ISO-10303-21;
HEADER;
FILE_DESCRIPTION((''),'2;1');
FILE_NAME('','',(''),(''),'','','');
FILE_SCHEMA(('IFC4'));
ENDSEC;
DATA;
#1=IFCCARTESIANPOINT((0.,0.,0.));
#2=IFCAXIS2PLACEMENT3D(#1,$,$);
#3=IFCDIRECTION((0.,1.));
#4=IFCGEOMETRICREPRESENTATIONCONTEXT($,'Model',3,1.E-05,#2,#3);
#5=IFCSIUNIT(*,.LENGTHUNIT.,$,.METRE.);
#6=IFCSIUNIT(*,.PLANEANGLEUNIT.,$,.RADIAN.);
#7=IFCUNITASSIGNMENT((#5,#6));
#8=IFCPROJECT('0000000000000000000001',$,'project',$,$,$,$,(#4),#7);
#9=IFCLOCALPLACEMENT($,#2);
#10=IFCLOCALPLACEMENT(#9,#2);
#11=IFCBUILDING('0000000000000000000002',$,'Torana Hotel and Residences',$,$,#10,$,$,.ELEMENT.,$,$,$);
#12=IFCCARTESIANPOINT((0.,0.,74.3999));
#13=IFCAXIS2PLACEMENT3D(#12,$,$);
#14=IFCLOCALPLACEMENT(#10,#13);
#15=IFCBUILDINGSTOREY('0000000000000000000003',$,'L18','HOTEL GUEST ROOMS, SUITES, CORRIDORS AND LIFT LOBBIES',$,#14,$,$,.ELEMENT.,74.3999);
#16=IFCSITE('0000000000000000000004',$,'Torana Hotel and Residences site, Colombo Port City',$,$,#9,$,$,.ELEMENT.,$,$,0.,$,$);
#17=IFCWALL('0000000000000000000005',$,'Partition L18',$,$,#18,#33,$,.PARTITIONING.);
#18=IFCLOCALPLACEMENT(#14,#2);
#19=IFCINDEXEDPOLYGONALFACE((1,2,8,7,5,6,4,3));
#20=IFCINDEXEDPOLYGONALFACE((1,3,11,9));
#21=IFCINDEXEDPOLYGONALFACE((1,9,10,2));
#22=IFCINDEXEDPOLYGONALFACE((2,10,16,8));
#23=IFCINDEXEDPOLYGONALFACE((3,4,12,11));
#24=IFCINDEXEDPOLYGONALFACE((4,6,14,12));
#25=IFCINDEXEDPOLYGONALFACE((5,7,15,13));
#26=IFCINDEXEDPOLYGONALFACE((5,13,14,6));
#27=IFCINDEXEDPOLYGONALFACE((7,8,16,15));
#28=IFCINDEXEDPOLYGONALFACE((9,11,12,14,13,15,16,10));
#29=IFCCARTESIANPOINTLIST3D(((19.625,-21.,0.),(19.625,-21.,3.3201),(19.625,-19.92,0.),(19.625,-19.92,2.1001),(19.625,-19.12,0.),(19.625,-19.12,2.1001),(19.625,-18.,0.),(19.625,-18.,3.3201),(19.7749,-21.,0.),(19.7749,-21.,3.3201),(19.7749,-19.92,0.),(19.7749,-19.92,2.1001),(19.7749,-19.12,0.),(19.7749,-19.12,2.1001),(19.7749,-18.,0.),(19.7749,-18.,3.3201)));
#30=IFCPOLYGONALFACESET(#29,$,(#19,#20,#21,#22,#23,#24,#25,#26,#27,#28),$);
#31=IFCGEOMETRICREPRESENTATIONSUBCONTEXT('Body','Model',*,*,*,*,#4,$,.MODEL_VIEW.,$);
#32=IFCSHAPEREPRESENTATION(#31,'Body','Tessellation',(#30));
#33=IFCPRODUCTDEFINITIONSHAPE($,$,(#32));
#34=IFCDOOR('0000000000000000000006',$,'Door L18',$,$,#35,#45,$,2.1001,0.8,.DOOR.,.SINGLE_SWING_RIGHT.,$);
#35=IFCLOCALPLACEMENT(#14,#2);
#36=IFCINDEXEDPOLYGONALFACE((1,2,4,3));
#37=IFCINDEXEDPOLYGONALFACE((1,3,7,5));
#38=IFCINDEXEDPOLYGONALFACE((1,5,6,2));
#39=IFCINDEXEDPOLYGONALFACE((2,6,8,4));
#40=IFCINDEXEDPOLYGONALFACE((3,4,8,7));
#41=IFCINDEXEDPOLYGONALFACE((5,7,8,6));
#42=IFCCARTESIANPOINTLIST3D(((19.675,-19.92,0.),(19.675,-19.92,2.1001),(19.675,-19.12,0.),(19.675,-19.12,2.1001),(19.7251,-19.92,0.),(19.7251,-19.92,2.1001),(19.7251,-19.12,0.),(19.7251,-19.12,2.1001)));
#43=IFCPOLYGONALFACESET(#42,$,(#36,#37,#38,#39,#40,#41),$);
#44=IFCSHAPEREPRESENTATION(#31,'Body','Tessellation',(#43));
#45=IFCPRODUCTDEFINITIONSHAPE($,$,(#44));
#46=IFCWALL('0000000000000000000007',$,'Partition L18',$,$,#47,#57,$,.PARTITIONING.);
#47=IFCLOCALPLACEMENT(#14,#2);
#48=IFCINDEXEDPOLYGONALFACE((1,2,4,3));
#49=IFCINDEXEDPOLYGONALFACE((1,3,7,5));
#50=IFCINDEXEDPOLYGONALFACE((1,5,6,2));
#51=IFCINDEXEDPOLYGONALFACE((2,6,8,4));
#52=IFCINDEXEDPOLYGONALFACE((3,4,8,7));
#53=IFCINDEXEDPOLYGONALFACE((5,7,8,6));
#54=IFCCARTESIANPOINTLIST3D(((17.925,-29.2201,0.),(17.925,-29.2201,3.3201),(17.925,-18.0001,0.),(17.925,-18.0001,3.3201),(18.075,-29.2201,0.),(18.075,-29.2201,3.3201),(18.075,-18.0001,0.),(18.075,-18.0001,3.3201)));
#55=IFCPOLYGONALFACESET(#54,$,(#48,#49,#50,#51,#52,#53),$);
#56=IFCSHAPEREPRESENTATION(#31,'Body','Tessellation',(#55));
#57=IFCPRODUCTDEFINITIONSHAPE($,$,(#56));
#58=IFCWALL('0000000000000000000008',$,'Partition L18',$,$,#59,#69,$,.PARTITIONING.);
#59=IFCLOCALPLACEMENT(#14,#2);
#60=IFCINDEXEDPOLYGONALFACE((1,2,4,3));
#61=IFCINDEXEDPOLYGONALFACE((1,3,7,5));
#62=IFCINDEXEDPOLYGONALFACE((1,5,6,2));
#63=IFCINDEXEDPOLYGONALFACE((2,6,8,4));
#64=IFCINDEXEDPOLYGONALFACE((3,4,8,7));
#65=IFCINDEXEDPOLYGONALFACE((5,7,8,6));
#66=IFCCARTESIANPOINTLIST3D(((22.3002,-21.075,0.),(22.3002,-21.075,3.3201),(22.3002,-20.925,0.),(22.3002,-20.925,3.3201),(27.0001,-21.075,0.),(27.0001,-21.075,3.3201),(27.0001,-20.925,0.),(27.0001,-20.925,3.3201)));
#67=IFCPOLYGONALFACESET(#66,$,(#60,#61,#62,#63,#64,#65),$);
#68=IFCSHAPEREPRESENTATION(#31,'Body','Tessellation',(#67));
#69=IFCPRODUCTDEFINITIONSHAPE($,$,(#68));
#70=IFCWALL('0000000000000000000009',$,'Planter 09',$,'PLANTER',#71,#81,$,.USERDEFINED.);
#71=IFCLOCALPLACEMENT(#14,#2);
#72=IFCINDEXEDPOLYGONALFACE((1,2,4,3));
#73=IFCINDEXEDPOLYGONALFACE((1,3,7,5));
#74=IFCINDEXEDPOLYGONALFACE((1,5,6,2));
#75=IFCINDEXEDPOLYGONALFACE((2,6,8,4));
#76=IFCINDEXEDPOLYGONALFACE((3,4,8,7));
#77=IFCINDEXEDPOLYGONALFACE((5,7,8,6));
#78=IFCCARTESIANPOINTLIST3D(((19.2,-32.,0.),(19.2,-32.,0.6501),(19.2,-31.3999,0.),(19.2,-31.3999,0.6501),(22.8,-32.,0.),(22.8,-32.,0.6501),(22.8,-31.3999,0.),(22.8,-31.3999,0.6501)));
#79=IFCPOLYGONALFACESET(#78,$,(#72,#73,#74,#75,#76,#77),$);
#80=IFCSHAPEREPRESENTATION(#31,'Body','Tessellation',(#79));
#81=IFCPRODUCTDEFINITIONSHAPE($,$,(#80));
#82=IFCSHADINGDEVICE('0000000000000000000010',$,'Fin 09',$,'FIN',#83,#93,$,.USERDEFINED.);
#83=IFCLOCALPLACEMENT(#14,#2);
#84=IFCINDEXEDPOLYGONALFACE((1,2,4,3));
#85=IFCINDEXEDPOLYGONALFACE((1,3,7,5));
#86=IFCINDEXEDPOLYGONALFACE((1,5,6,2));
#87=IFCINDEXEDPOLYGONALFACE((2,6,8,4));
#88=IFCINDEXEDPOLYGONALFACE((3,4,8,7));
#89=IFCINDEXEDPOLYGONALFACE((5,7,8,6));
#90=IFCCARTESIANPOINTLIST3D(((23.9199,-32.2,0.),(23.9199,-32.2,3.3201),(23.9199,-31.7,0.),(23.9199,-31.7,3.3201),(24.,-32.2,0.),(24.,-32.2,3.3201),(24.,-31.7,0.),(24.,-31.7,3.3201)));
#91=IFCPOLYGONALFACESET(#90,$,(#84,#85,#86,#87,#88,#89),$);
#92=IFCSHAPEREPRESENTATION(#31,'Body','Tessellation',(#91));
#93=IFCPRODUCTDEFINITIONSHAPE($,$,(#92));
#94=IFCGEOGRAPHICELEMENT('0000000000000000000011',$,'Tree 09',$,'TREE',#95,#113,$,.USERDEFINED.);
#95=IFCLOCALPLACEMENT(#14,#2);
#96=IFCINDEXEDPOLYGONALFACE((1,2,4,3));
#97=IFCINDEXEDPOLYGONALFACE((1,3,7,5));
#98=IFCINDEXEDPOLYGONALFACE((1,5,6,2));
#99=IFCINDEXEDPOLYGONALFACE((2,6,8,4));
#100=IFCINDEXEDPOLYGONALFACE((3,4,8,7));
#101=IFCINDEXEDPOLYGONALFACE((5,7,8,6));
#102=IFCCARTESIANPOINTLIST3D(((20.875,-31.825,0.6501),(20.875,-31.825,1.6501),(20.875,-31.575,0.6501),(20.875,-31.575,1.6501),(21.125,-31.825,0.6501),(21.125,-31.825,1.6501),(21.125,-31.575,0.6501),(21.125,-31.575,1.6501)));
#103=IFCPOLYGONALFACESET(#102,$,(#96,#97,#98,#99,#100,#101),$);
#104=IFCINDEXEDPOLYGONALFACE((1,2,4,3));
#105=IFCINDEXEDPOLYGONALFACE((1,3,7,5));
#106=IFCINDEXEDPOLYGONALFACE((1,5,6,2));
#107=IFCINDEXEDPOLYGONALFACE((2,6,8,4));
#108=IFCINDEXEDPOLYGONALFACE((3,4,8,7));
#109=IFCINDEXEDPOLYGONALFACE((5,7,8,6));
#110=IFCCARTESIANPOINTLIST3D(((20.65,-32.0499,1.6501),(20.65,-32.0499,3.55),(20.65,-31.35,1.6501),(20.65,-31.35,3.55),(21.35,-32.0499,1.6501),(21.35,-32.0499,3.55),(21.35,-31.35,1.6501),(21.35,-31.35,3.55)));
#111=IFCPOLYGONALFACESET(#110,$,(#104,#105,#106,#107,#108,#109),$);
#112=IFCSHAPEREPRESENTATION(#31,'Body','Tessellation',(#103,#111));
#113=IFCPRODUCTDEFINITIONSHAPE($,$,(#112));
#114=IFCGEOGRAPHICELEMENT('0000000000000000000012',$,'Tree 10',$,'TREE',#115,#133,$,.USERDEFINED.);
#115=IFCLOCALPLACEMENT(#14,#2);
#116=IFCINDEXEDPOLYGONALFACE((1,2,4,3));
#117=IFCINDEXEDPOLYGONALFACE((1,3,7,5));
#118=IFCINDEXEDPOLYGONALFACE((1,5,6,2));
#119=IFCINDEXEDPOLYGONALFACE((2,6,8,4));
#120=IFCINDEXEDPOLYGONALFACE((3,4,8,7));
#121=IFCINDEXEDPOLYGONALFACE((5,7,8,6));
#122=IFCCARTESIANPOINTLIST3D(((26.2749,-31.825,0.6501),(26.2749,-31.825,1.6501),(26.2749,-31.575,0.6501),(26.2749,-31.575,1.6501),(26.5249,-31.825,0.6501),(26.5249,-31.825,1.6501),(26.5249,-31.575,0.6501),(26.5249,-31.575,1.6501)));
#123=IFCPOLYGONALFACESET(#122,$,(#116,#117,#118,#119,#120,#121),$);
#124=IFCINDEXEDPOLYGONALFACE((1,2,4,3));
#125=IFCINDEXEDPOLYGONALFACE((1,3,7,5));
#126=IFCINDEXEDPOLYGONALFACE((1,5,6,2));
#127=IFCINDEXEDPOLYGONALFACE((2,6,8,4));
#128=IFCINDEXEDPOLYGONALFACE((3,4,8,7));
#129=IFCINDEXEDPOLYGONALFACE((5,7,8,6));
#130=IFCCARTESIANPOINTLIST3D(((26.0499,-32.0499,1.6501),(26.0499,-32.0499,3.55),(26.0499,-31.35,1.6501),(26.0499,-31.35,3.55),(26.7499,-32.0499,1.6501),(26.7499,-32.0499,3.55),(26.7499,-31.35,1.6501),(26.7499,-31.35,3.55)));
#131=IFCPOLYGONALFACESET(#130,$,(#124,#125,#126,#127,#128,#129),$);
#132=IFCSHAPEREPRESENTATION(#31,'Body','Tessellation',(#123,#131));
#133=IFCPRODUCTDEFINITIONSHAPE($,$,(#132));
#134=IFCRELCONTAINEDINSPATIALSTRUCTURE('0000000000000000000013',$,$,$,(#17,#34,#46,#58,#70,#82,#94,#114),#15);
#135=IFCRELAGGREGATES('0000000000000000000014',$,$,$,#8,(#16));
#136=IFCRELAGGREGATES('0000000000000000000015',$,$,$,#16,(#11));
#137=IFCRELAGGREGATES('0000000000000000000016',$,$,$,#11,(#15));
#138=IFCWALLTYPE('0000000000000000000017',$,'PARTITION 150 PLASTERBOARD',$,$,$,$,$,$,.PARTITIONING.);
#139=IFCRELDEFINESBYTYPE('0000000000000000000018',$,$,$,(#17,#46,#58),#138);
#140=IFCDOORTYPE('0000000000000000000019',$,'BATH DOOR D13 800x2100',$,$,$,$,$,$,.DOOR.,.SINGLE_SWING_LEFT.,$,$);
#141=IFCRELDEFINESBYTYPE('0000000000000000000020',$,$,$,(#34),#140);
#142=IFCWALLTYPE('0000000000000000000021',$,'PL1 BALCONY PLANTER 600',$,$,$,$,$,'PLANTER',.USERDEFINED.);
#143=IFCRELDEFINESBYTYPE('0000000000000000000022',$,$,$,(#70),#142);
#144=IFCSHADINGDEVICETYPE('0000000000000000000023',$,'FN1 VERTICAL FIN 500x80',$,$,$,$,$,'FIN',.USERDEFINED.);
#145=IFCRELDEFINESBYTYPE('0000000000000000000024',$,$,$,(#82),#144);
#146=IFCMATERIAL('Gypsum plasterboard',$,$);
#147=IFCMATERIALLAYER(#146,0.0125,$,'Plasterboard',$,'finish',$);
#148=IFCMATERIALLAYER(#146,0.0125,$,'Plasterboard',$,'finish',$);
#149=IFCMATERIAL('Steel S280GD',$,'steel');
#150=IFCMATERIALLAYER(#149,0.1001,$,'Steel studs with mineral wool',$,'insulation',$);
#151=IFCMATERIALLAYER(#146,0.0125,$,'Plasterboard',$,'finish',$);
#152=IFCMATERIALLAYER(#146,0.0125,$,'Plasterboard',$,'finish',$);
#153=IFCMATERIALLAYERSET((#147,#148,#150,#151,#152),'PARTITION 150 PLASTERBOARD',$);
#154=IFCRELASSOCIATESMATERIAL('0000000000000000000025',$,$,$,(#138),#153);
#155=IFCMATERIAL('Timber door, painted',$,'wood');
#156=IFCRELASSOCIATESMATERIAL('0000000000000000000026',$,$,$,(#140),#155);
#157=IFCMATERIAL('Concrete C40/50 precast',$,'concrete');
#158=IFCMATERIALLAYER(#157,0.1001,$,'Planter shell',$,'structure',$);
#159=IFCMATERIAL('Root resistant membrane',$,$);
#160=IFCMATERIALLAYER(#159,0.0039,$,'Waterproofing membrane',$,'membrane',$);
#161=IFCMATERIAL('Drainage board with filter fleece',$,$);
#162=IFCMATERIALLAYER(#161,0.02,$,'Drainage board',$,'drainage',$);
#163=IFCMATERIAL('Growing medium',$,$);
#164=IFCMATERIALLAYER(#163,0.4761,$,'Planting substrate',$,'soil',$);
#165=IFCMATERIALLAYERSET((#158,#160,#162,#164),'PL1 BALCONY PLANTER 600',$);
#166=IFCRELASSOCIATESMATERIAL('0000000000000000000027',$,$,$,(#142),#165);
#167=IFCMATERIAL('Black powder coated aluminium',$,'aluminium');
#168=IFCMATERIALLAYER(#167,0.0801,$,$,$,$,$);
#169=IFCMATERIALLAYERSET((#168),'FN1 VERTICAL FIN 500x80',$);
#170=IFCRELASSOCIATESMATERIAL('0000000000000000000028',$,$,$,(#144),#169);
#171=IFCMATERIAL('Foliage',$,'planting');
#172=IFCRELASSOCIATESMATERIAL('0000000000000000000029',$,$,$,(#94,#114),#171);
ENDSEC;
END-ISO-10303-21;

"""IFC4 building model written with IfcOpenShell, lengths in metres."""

from ifc_helpers import new_model, si_unit, direction, frame, frame_2d, origin, origin_2d, place, context, subcontext, project, spatial, rectangle, extrude, material, layer, layer_set, type_object, element, fill, save


model = new_model("IFC4")

# Units and contexts
model_context = context("Model", 3, precision=1e-05, world=origin(), true_north=direction((0.0, 1.0)))
body_context = subcontext(model_context, "Body", "Model", "MODEL_VIEW")
ifc_project = project(units=[si_unit("LENGTHUNIT", "METRE"), si_unit("PLANEANGLEUNIT", "RADIAN")], contexts=[model_context])

# Site, building, storey
site_placement = place(None, origin())
site = spatial("IfcSite", under=ifc_project, at=site_placement, Name="Torana Hotel and Residences site, Colombo Port City", CompositionType="ELEMENT", RefElevation=0.0)
building_placement = place(site_placement, origin())
building = spatial("IfcBuilding", under=site, at=building_placement, Name="Torana Hotel and Residences", CompositionType="ELEMENT")
storey_placement = place(building_placement, frame((0.0, 0.0, 74.3999)))
storey = spatial("IfcBuildingStorey", under=building, at=storey_placement, Name="L18", Description="HOTEL GUEST ROOMS, SUITES, CORRIDORS AND LIFT LOBBIES", CompositionType="ELEMENT", Elevation=74.3999)

# Shared definitions
ifc_material_1 = material(Name="Gypsum plasterboard")
ifc_layer_1 = layer(ifc_material_1, 0.0125, Name="Plasterboard", Category="finish")
ifc_layer_2 = layer(ifc_material_1, 0.0125, Name="Plasterboard", Category="finish")
ifc_material_2 = material(Name="Steel S280GD", Category="steel")
ifc_layer_3 = layer(ifc_material_2, 0.1001, Name="Steel studs with mineral wool", Category="insulation")
ifc_layer_4 = layer(ifc_material_1, 0.0125, Name="Plasterboard", Category="finish")
ifc_layer_5 = layer(ifc_material_1, 0.0125, Name="Plasterboard", Category="finish")
ifc_layer_set_1 = layer_set([ifc_layer_1, ifc_layer_2, ifc_layer_3, ifc_layer_4, ifc_layer_5], Name="PARTITION 150 PLASTERBOARD")
wall_type_1 = type_object("IfcWallType", Name="PARTITION 150 PLASTERBOARD", PredefinedType="PARTITIONING", material=ifc_layer_set_1)

# Shared definitions
ifc_material_3 = material(Name="Timber door, painted", Category="wood")
door_type_1 = type_object("IfcDoorType", Name="BATH DOOR D13 800x2100", OperationType="SINGLE_SWING_LEFT", PredefinedType="DOOR", material=ifc_material_3)

# Wall, opening, door
wall_1_placement = place(storey_placement, frame((19.7, -21.0, 0.0), z_axis=(0.0, 0.0, 1.0), x_axis=(0.0, 1.0, 0.0)))
wall_1 = element("IfcWall", 1, at=wall_1_placement, inside=storey, type_object=wall_type_1, Name="Partition L18", PredefinedType="PARTITIONING", context=body_context, shape_type="SweptSolid", body=[
    extrude(rectangle(XDim=3.0, YDim=0.1499, at=frame_2d((1.5, 0.0))), origin(), (0.0, 0.0, 1.0), 3.3201),
])
opening_1_placement = place(wall_1_placement, frame((1.0801, 0.0, 0.0)))
opening_1 = element("IfcOpeningElement", 2, at=opening_1_placement, cuts=wall_1, PredefinedType="OPENING", context=body_context, shape_type="SweptSolid", body=[
    extrude(rectangle(XDim=0.8, YDim=2.1001, at=frame_2d((0.3999, 1.05))), frame((0.0, 0.085, 0.0), z_axis=(0.0, -1.0, 0.0), x_axis=(1.0, 0.0, 0.0)), (0.0, 0.0, 1.0), 0.1699),
])
door_1_placement = place(opening_1_placement, origin())
door_1 = element("IfcDoor", 3, at=door_1_placement, inside=storey, type_object=door_type_1, Name="Door L18", OperationType="SINGLE_SWING_RIGHT", OverallHeight=2.1001, OverallWidth=0.8, PredefinedType="DOOR", context=body_context, shape_type="SweptSolid", body=[
    extrude(rectangle(XDim=0.8, YDim=2.1001, at=frame_2d((0.3999, 1.05))), frame((0.0, 0.0249, 0.0), z_axis=(0.0, -1.0, 0.0), x_axis=(1.0, 0.0, 0.0)), (0.0, 0.0, 1.0), 0.05),
])
fill(opening_1, door_1)

# Walls
wall_2_placement = place(storey_placement, frame((18.0, -29.22, 0.0), z_axis=(0.0, 0.0, 1.0), x_axis=(0.0, 1.0, 0.0)))
element("IfcWall", 4, at=wall_2_placement, inside=storey, type_object=wall_type_1, Name="Partition L18", PredefinedType="PARTITIONING", context=body_context, shape_type="SweptSolid", body=[
    extrude(rectangle(XDim=11.22, YDim=0.1499, at=frame_2d((5.6099, 0.0))), origin(), (0.0, 0.0, 1.0), 3.3201),
])
wall_3_placement = place(storey_placement, frame((22.3, -21.0, 0.0), z_axis=(0.0, 0.0, 1.0), x_axis=(1.0, 0.0, 0.0)))
element("IfcWall", 5, at=wall_3_placement, inside=storey, type_object=wall_type_1, Name="Partition L18", PredefinedType="PARTITIONING", context=body_context, shape_type="SweptSolid", body=[
    extrude(rectangle(XDim=4.7, YDim=0.1499, at=frame_2d((2.3501, 0.0))), origin(), (0.0, 0.0, 1.0), 3.3201),
])
ifc_material_4 = material(Name="Concrete C40/50 precast", Category="concrete")
ifc_layer_6 = layer(ifc_material_4, 0.1001, Name="Planter shell", Category="structure")
ifc_material_5 = material(Name="Root resistant membrane")
ifc_layer_7 = layer(ifc_material_5, 0.0039, Name="Waterproofing membrane", Category="membrane")
ifc_material_6 = material(Name="Drainage board with filter fleece")
ifc_layer_8 = layer(ifc_material_6, 0.02, Name="Drainage board", Category="drainage")
ifc_material_7 = material(Name="Growing medium")
ifc_layer_9 = layer(ifc_material_7, 0.4761, Name="Planting substrate", Category="soil")
ifc_layer_set_2 = layer_set([ifc_layer_6, ifc_layer_7, ifc_layer_8, ifc_layer_9], Name="PL1 BALCONY PLANTER 600")
wall_type_2 = type_object("IfcWallType", Name="PL1 BALCONY PLANTER 600", ElementType="PLANTER", PredefinedType="USERDEFINED", material=ifc_layer_set_2)
wall_4_placement = place(storey_placement, frame((22.8, -31.7, 0.0), z_axis=(0.0, 0.0, 1.0), x_axis=(-1.0, 0.0, 0.0)))
element("IfcWall", 6, at=wall_4_placement, inside=storey, type_object=wall_type_2, Name="Planter 09", ObjectType="PLANTER", PredefinedType="USERDEFINED", context=body_context, shape_type="SweptSolid", body=[
    extrude(rectangle(XDim=3.6001, YDim=0.6001, at=frame_2d((1.8, 0.0))), origin(), (0.0, 0.0, 1.0), 0.6501),
])

# Shading device
ifc_material_8 = material(Name="Black powder coated aluminium", Category="aluminium")
ifc_layer_10 = layer(ifc_material_8, 0.0801)
ifc_layer_set_3 = layer_set([ifc_layer_10], Name="FN1 VERTICAL FIN 500x80")
shading_device_type = type_object("IfcShadingDeviceType", Name="FN1 VERTICAL FIN 500x80", ElementType="FIN", PredefinedType="USERDEFINED", material=ifc_layer_set_3)
shading_device_placement = place(storey_placement, frame((23.96, -31.95, 0.0), z_axis=(0.0, 0.0, 1.0), x_axis=(-1.0, 0.0, 0.0)))
element("IfcShadingDevice", 7, at=shading_device_placement, inside=storey, type_object=shading_device_type, Name="Fin 09", ObjectType="FIN", PredefinedType="USERDEFINED", context=body_context, shape_type="SweptSolid", body=[
    extrude(rectangle(XDim=0.0801, YDim=0.5, at=origin_2d()), origin(), (0.0, 0.0, 1.0), 3.3201),
])

# Geographic elements
ifc_material_9 = material(Name="Foliage", Category="planting")
for number, where, z_axis, x_axis, name in (
    (8, (21.0, -31.7, 0.6501), (0.0, 0.0, 1.0), (1.0, 0.0, 0.0), "Tree 09"),
    (9, (26.3999, -31.7, 0.6501), (0.0, 0.0, 1.0), (1.0, 0.0, 0.0), "Tree 10"),
):
    element("IfcGeographicElement", number, at=place(storey_placement, frame(where, z_axis=z_axis, x_axis=x_axis)), inside=storey, material=ifc_material_9, Name=name, ObjectType="TREE", PredefinedType="USERDEFINED", context=body_context, shape_type="SweptSolid", body=[
        extrude(rectangle(XDim=0.25, YDim=0.25, at=origin_2d()), origin(), (0.0, 0.0, 1.0), 1.0),
        extrude(rectangle(XDim=0.7, YDim=0.7, at=origin_2d()), frame((0.0, 0.0, 1.0)), (0.0, 0.0, 1.0), 1.8999),
    ])

save(model, "model.ifc")
